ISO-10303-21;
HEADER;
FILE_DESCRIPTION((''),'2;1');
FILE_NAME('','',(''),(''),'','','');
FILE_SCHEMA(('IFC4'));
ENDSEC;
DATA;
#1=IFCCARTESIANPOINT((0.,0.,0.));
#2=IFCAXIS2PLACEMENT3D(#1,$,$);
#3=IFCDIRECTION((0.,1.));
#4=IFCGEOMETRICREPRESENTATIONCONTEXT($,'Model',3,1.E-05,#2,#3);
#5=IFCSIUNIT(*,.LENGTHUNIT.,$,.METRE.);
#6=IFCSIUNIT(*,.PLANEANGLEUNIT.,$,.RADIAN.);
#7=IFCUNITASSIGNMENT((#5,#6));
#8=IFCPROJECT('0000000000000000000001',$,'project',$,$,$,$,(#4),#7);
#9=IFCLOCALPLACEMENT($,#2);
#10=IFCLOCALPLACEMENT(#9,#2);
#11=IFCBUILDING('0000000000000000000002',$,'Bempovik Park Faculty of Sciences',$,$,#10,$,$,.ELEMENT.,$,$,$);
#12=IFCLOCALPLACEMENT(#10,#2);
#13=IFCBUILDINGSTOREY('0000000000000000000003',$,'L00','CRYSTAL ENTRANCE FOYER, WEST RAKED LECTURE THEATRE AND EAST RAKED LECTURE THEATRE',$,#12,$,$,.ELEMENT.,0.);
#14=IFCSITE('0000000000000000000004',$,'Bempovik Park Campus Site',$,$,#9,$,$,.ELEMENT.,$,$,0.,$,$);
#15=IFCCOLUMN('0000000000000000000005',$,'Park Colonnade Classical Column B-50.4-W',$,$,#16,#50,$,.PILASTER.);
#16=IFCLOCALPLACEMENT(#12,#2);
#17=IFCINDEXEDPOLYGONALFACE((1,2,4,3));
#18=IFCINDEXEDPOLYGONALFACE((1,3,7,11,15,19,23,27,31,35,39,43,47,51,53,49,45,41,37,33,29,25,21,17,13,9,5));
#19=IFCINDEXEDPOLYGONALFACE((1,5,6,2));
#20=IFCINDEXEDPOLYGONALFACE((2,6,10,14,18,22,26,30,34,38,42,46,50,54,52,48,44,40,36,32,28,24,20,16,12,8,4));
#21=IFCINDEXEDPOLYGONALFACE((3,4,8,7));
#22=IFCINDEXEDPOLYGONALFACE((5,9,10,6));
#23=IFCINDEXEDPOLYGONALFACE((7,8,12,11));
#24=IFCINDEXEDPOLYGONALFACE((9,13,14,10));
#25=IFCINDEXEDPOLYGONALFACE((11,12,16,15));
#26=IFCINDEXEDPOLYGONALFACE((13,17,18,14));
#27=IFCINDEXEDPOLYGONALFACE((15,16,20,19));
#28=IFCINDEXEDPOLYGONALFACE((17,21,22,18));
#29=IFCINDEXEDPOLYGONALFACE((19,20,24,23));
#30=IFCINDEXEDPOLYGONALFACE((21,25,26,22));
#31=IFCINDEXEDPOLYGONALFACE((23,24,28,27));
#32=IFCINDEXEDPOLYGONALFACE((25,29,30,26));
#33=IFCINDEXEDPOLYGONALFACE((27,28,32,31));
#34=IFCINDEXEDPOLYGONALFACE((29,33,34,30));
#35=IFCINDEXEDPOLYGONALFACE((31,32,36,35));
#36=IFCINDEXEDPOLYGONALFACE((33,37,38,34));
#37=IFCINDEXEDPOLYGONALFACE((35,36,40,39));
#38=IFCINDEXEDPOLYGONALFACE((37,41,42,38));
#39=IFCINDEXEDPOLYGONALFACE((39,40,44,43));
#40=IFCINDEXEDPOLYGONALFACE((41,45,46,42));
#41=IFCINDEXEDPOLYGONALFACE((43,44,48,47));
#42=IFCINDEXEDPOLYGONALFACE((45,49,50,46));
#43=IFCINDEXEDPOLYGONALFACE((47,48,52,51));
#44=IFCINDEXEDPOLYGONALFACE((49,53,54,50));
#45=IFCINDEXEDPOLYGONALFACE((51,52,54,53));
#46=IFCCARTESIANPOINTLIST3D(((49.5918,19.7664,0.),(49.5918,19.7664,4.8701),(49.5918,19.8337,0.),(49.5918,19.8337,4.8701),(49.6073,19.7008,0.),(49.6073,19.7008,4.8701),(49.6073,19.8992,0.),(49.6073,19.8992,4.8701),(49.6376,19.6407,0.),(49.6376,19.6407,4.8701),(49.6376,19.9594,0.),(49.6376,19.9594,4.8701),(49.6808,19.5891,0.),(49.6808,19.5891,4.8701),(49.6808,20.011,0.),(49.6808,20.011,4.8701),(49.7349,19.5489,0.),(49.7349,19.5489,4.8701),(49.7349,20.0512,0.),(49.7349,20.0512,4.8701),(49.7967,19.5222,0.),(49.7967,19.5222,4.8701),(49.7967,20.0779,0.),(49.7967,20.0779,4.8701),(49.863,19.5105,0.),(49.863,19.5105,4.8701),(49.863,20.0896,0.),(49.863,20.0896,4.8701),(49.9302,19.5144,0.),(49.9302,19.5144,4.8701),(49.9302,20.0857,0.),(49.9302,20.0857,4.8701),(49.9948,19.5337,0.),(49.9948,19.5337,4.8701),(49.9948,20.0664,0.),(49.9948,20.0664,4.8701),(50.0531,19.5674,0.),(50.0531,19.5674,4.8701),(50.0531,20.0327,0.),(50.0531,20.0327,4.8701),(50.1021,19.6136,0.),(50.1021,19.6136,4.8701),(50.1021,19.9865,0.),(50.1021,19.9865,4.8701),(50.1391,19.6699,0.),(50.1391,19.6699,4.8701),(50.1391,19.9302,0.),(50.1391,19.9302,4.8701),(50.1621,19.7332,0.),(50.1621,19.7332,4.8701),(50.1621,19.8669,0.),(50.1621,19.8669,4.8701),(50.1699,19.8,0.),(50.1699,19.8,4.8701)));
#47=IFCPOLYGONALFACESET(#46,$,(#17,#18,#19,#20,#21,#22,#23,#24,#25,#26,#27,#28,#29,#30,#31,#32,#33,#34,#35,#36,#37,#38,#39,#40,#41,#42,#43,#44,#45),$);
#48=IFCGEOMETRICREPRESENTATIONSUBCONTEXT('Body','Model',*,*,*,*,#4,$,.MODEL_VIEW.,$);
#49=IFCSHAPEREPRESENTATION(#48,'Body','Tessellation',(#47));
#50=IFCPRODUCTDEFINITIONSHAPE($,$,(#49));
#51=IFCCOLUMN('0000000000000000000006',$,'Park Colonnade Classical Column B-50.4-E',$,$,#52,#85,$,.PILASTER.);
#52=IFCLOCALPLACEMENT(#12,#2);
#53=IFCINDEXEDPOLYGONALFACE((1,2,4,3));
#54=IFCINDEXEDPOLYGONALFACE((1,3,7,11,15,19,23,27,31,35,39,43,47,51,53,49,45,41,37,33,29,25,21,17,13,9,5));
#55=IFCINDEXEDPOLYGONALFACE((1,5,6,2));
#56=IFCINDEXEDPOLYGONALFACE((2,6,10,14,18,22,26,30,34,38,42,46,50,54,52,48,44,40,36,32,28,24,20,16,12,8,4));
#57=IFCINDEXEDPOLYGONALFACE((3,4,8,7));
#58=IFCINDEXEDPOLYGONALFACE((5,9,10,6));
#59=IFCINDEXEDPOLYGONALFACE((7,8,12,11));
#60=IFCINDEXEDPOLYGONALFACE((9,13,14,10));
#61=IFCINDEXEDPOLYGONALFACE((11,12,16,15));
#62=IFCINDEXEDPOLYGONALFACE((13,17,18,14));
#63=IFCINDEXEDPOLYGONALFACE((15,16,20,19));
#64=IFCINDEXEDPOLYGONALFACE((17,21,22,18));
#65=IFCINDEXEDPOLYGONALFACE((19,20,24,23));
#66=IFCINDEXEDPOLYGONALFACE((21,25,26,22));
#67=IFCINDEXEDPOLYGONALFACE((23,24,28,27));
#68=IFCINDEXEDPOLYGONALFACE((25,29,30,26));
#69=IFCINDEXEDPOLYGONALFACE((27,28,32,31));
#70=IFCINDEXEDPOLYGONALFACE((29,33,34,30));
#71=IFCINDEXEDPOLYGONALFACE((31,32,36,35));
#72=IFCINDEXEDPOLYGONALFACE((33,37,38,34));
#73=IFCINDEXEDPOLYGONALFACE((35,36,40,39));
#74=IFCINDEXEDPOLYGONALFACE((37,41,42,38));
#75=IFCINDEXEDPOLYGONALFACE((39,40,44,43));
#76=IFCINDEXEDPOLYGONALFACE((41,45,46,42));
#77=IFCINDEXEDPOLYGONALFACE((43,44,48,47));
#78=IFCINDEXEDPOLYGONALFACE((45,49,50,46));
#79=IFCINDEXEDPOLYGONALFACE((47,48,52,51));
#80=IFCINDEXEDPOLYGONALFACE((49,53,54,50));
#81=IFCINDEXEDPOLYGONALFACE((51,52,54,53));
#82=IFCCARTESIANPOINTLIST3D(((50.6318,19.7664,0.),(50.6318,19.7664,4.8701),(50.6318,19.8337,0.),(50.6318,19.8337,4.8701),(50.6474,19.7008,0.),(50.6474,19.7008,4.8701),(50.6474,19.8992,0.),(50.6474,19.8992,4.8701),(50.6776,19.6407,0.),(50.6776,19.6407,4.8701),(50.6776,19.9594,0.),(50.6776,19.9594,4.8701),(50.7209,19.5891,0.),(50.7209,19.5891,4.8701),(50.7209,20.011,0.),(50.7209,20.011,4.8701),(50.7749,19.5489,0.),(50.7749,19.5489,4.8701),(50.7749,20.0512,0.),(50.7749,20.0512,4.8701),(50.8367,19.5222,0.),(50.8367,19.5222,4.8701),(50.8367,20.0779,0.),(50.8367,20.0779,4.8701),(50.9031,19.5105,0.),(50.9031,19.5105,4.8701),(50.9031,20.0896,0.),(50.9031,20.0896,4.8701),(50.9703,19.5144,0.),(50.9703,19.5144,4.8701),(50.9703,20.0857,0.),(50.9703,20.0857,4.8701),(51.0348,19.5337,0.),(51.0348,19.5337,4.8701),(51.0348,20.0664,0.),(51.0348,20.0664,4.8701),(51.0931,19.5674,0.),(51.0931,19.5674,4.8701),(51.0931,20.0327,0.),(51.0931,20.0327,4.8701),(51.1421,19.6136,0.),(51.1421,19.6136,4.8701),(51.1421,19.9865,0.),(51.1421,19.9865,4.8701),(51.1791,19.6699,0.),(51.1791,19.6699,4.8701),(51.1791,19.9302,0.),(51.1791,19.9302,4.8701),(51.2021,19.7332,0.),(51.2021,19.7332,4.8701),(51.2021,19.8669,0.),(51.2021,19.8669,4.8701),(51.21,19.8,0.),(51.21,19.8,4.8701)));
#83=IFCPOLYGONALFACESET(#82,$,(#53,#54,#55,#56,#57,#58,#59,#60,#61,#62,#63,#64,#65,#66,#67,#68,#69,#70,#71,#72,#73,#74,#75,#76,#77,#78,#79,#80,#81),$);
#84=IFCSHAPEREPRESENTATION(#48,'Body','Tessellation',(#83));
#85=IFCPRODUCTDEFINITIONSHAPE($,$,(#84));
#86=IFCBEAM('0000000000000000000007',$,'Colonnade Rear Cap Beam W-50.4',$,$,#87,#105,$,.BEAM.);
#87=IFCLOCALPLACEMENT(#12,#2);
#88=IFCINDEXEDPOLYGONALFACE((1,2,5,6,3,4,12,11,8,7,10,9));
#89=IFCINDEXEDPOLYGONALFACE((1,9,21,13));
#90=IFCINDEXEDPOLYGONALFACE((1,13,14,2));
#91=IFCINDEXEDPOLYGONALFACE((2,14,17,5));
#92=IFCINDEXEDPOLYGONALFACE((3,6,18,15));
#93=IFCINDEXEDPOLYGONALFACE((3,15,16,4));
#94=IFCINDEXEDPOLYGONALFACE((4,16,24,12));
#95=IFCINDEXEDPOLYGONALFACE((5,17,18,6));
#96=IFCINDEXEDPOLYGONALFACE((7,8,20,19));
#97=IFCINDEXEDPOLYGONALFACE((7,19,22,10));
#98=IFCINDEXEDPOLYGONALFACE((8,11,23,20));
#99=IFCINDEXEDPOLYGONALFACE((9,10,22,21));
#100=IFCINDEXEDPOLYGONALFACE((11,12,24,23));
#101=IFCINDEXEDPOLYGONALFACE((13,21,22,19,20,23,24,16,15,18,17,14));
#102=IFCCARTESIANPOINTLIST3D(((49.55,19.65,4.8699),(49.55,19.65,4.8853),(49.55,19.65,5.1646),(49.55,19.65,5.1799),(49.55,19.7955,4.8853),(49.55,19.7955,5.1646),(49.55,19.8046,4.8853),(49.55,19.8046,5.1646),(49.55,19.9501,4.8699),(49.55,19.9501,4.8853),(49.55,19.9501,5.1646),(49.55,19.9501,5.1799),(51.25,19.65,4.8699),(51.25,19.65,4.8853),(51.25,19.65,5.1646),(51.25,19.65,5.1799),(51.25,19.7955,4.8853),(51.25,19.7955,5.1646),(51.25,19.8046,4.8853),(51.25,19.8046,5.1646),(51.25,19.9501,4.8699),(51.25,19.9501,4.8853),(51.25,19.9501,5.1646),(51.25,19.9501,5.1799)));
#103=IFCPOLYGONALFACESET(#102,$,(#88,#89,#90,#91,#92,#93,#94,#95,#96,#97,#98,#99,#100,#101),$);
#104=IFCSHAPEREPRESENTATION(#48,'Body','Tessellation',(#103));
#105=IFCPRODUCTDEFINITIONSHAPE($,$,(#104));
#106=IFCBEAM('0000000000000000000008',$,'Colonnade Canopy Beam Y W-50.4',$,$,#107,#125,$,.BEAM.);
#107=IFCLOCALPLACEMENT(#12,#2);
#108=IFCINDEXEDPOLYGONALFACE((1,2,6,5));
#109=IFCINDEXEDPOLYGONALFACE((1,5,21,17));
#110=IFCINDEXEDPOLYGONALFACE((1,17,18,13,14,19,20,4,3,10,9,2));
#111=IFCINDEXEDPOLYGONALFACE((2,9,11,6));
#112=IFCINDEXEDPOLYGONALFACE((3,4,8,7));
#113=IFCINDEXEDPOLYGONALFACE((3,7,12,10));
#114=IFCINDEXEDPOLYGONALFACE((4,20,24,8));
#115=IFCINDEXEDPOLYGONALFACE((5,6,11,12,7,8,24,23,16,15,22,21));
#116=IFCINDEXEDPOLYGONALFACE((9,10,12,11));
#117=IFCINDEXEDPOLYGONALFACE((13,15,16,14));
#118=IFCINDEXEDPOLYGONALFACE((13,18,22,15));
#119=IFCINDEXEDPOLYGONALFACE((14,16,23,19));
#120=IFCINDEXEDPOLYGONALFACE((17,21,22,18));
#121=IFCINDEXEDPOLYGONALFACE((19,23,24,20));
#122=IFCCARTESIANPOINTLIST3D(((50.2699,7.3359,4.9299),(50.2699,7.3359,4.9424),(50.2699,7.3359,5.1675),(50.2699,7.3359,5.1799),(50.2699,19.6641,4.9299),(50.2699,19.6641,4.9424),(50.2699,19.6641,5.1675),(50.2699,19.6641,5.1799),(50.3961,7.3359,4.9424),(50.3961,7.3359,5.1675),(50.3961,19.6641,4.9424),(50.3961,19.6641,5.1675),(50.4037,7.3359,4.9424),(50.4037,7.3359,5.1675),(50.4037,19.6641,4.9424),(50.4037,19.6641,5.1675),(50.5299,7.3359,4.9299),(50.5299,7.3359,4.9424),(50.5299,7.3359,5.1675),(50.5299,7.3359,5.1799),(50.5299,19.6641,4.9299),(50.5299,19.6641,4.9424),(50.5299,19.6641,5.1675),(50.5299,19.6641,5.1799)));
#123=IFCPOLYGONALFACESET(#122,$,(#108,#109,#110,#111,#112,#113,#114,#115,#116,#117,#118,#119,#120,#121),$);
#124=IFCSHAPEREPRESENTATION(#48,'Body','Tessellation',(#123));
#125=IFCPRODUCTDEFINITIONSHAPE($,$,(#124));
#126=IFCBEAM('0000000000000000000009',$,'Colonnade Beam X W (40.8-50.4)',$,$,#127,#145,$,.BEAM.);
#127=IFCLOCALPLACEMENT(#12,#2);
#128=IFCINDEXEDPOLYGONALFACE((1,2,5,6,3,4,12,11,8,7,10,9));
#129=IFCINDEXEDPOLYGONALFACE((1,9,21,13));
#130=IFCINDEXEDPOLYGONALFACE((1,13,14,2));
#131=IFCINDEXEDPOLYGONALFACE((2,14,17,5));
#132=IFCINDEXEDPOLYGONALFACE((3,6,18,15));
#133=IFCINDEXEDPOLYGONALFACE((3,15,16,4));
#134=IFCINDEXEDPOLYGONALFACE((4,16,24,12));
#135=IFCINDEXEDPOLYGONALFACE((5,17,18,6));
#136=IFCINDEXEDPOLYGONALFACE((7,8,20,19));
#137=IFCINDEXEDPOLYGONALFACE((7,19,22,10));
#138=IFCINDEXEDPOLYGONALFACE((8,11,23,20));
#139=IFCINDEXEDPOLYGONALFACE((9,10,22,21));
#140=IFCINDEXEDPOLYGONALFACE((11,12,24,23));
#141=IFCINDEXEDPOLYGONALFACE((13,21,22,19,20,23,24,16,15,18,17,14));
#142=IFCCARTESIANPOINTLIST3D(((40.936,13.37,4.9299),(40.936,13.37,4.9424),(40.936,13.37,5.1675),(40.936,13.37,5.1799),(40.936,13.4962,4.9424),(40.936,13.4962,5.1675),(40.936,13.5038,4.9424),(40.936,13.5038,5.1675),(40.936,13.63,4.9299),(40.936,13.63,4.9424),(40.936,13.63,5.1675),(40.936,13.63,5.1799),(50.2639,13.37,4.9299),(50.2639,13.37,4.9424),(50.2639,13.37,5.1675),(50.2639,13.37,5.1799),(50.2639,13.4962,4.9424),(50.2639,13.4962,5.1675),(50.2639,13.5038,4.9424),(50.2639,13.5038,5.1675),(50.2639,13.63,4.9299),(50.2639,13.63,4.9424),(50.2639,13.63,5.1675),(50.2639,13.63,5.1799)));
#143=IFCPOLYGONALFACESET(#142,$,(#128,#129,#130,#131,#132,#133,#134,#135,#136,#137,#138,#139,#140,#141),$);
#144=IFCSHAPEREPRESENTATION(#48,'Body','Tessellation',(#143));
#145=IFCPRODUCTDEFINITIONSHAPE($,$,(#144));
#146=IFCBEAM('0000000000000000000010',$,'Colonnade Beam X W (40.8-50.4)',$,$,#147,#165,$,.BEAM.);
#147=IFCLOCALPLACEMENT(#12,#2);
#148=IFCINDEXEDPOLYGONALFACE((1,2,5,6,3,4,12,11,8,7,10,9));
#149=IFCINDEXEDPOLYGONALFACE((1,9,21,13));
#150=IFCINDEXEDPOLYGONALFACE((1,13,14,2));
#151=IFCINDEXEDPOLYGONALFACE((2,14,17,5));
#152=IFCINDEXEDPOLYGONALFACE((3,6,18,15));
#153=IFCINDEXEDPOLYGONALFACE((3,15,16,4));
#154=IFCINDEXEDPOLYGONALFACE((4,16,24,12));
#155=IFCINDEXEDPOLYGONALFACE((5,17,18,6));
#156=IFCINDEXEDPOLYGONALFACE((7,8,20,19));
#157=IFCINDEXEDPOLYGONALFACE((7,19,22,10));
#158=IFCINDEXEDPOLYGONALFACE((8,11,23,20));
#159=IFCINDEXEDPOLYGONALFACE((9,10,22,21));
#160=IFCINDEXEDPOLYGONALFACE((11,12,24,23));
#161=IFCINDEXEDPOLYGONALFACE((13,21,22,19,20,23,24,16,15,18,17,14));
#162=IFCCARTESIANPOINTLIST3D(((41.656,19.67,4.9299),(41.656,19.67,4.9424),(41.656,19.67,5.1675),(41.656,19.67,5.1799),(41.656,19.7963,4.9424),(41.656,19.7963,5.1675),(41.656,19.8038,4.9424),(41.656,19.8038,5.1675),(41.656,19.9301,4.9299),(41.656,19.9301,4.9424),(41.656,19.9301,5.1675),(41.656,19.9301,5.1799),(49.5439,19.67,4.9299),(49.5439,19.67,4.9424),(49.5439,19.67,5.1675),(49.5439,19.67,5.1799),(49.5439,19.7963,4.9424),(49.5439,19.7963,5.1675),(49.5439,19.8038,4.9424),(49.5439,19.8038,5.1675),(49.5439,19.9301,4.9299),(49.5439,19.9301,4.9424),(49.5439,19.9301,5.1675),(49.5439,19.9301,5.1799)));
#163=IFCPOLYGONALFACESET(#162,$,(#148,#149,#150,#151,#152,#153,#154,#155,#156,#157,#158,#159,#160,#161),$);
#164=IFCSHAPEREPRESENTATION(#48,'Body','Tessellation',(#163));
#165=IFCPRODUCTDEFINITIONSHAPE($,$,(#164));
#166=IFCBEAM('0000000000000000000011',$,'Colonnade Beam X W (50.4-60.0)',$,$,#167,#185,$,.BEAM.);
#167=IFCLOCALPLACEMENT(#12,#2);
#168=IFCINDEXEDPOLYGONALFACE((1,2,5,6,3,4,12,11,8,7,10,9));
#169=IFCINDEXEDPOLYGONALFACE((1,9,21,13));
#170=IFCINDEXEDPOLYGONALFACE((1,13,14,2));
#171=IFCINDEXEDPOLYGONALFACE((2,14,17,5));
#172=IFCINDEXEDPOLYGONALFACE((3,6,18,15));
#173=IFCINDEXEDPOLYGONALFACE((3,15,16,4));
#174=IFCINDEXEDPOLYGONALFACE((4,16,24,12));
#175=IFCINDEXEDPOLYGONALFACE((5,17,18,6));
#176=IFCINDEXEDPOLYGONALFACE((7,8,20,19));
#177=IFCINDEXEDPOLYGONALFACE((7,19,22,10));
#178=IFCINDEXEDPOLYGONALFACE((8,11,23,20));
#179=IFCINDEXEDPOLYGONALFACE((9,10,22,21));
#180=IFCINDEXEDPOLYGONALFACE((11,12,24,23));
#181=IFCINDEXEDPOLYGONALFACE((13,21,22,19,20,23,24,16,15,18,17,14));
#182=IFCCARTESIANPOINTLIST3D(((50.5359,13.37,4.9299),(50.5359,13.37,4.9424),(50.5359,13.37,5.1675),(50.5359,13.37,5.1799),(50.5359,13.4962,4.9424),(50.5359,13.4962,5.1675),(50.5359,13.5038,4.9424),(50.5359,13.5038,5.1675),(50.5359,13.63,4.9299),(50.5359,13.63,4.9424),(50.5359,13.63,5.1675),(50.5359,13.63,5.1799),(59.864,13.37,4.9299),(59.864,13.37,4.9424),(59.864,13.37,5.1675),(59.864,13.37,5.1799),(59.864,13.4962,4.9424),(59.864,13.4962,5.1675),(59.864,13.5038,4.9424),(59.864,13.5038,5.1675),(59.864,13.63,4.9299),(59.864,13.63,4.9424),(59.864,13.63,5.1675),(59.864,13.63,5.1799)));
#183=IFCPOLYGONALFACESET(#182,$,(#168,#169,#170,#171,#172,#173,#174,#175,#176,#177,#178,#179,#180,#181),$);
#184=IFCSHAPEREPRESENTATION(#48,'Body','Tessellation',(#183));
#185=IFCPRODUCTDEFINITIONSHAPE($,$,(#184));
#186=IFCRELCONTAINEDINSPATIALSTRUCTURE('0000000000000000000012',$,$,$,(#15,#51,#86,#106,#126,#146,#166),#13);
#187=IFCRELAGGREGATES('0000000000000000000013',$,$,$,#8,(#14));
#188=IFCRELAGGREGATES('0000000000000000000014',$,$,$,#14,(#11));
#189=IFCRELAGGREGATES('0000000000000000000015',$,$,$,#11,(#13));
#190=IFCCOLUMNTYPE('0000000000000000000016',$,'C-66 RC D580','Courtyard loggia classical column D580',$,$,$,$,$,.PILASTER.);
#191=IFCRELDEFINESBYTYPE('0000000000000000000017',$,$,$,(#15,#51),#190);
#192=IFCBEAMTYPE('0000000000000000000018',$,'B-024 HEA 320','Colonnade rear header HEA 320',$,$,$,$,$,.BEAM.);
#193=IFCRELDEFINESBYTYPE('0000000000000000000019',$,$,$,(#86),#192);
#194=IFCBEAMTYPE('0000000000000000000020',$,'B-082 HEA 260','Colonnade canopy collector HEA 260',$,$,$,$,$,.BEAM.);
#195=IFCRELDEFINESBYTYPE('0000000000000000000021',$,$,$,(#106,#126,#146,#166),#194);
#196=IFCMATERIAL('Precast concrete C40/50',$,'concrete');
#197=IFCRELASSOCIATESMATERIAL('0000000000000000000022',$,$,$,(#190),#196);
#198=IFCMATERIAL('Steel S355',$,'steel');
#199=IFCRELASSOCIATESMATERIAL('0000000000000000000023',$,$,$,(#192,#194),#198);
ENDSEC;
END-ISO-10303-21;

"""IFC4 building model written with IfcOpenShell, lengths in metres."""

from ifc_helpers import new_model, si_unit, direction, frame, origin, origin_2d, place, context, subcontext, project, spatial, circle, i_section, extrude, material, material_profile, profile_set, type_object, element, save


model = new_model("IFC4")

# Units and contexts
model_context = context("Model", 3, precision=1e-05, world=origin(), true_north=direction((0.0, 1.0)))
body_context = subcontext(model_context, "Body", "Model", "MODEL_VIEW")
ifc_project = project(units=[si_unit("LENGTHUNIT", "METRE"), si_unit("PLANEANGLEUNIT", "RADIAN")], contexts=[model_context])

# Site, building, storey
site_placement = place(None, origin())
site = spatial("IfcSite", under=ifc_project, at=site_placement, Name="Bempovik Park Campus Site", CompositionType="ELEMENT", RefElevation=0.0)
building_placement = place(site_placement, origin())
building = spatial("IfcBuilding", under=site, at=building_placement, Name="Bempovik Park Faculty of Sciences", CompositionType="ELEMENT")
storey_placement = place(building_placement, origin())
storey = spatial("IfcBuildingStorey", under=building, at=storey_placement, Name="L00", Description="CRYSTAL ENTRANCE FOYER, WEST RAKED LECTURE THEATRE AND EAST RAKED LECTURE THEATRE", CompositionType="ELEMENT", Elevation=0.0)

# Columns
ifc_material_1 = material(Name="Precast concrete C40/50", Category="concrete")
ifc_material_profile_1 = material_profile(ifc_material_1, circle(Radius=0.29, at=origin_2d()), Name="RC D580")
ifc_profile_set_1 = profile_set([ifc_material_profile_1], Name="Precast concrete C40/50")
column_type = type_object("IfcColumnType", Name="C-66 RC D580", Description="Courtyard loggia classical column D580", PredefinedType="PILASTER", material=ifc_profile_set_1)
for number, where, z_axis, x_axis, name in (
    (1, (49.8799, 19.8, 0.0), (0.0, 0.0, 1.0), (1.0, 0.0, 0.0), "Park Colonnade Classical Column B-50.4-W"),
    (2, (50.9199, 19.8, 0.0), (0.0, 0.0, 1.0), (1.0, 0.0, 0.0), "Park Colonnade Classical Column B-50.4-E"),
):
    element("IfcColumn", number, at=place(storey_placement, frame(where, z_axis=z_axis, x_axis=x_axis)), inside=storey, type_object=column_type, Name=name, PredefinedType="PILASTER", context=body_context, shape_type="SweptSolid", body=[
        extrude(circle(Radius=0.29, at=origin_2d()), origin(), (0.0, 0.0, 1.0), 4.8701),
    ])

# Beams
ifc_material_2 = material(Name="Steel S355", Category="steel")
ifc_material_profile_2 = material_profile(ifc_material_2, i_section(OverallWidth=0.3, OverallDepth=0.3101, WebThickness=0.009, FlangeThickness=0.0154, at=origin_2d()), Name="HEA 320")
ifc_profile_set_2 = profile_set([ifc_material_profile_2], Name="Steel S355")
beam_type_1 = type_object("IfcBeamType", Name="B-024 HEA 320", Description="Colonnade rear header HEA 320", PredefinedType="BEAM", material=ifc_profile_set_2)
beam_1_placement = place(storey_placement, frame((49.55, 19.8, 5.0249), z_axis=(1.0, 0.0, 0.0), x_axis=(0.0, 1.0, 0.0)))
element("IfcBeam", 3, at=beam_1_placement, inside=storey, type_object=beam_type_1, Name="Colonnade Rear Cap Beam W-50.4", PredefinedType="BEAM", context=body_context, shape_type="SweptSolid", body=[
    extrude(i_section(OverallWidth=0.3, OverallDepth=0.3101, WebThickness=0.009, FlangeThickness=0.0154, at=origin_2d()), origin(), (0.0, 0.0, 1.0), 1.7),
])
ifc_material_profile_3 = material_profile(ifc_material_2, i_section(OverallWidth=0.26, OverallDepth=0.25, WebThickness=0.0076, FlangeThickness=0.0125, at=origin_2d()), Name="HEA 260")
ifc_profile_set_3 = profile_set([ifc_material_profile_3], Name="Steel S355")
beam_type_2 = type_object("IfcBeamType", Name="B-082 HEA 260", Description="Colonnade canopy collector HEA 260", PredefinedType="BEAM", material=ifc_profile_set_3)
beam_2_placement = place(storey_placement, frame((50.3999, 7.3359, 5.0549), z_axis=(0.0, 1.0, 0.0), x_axis=(-1.0, 0.0, 0.0)))
element("IfcBeam", 4, at=beam_2_placement, inside=storey, type_object=beam_type_2, Name="Colonnade Canopy Beam Y W-50.4", PredefinedType="BEAM", context=body_context, shape_type="SweptSolid", body=[
    extrude(i_section(OverallWidth=0.26, OverallDepth=0.25, WebThickness=0.0076, FlangeThickness=0.0125, at=origin_2d()), origin(), (0.0, 0.0, 1.0), 12.3281),
])
beam_3_placement = place(storey_placement, frame((40.936, 13.5, 5.0549), z_axis=(1.0, 0.0, 0.0), x_axis=(0.0, 1.0, 0.0)))
element("IfcBeam", 5, at=beam_3_placement, inside=storey, type_object=beam_type_2, Name="Colonnade Beam X W (40.8-50.4)", PredefinedType="BEAM", context=body_context, shape_type="SweptSolid", body=[
    extrude(i_section(OverallWidth=0.26, OverallDepth=0.25, WebThickness=0.0076, FlangeThickness=0.0125, at=origin_2d()), origin(), (0.0, 0.0, 1.0), 9.3279),
])
beam_4_placement = place(storey_placement, frame((41.656, 19.8, 5.0549), z_axis=(1.0, 0.0, 0.0), x_axis=(0.0, 1.0, 0.0)))
element("IfcBeam", 6, at=beam_4_placement, inside=storey, type_object=beam_type_2, Name="Colonnade Beam X W (40.8-50.4)", PredefinedType="BEAM", context=body_context, shape_type="SweptSolid", body=[
    extrude(i_section(OverallWidth=0.26, OverallDepth=0.25, WebThickness=0.0076, FlangeThickness=0.0125, at=origin_2d()), origin(), (0.0, 0.0, 1.0), 7.8879),
])
beam_5_placement = place(storey_placement, frame((50.5359, 13.5, 5.0549), z_axis=(1.0, 0.0, 0.0), x_axis=(0.0, 1.0, 0.0)))
element("IfcBeam", 7, at=beam_5_placement, inside=storey, type_object=beam_type_2, Name="Colonnade Beam X W (50.4-60.0)", PredefinedType="BEAM", context=body_context, shape_type="SweptSolid", body=[
    extrude(i_section(OverallWidth=0.26, OverallDepth=0.25, WebThickness=0.0076, FlangeThickness=0.0125, at=origin_2d()), origin(), (0.0, 0.0, 1.0), 9.3281),
])

save(model, "model.ifc")
